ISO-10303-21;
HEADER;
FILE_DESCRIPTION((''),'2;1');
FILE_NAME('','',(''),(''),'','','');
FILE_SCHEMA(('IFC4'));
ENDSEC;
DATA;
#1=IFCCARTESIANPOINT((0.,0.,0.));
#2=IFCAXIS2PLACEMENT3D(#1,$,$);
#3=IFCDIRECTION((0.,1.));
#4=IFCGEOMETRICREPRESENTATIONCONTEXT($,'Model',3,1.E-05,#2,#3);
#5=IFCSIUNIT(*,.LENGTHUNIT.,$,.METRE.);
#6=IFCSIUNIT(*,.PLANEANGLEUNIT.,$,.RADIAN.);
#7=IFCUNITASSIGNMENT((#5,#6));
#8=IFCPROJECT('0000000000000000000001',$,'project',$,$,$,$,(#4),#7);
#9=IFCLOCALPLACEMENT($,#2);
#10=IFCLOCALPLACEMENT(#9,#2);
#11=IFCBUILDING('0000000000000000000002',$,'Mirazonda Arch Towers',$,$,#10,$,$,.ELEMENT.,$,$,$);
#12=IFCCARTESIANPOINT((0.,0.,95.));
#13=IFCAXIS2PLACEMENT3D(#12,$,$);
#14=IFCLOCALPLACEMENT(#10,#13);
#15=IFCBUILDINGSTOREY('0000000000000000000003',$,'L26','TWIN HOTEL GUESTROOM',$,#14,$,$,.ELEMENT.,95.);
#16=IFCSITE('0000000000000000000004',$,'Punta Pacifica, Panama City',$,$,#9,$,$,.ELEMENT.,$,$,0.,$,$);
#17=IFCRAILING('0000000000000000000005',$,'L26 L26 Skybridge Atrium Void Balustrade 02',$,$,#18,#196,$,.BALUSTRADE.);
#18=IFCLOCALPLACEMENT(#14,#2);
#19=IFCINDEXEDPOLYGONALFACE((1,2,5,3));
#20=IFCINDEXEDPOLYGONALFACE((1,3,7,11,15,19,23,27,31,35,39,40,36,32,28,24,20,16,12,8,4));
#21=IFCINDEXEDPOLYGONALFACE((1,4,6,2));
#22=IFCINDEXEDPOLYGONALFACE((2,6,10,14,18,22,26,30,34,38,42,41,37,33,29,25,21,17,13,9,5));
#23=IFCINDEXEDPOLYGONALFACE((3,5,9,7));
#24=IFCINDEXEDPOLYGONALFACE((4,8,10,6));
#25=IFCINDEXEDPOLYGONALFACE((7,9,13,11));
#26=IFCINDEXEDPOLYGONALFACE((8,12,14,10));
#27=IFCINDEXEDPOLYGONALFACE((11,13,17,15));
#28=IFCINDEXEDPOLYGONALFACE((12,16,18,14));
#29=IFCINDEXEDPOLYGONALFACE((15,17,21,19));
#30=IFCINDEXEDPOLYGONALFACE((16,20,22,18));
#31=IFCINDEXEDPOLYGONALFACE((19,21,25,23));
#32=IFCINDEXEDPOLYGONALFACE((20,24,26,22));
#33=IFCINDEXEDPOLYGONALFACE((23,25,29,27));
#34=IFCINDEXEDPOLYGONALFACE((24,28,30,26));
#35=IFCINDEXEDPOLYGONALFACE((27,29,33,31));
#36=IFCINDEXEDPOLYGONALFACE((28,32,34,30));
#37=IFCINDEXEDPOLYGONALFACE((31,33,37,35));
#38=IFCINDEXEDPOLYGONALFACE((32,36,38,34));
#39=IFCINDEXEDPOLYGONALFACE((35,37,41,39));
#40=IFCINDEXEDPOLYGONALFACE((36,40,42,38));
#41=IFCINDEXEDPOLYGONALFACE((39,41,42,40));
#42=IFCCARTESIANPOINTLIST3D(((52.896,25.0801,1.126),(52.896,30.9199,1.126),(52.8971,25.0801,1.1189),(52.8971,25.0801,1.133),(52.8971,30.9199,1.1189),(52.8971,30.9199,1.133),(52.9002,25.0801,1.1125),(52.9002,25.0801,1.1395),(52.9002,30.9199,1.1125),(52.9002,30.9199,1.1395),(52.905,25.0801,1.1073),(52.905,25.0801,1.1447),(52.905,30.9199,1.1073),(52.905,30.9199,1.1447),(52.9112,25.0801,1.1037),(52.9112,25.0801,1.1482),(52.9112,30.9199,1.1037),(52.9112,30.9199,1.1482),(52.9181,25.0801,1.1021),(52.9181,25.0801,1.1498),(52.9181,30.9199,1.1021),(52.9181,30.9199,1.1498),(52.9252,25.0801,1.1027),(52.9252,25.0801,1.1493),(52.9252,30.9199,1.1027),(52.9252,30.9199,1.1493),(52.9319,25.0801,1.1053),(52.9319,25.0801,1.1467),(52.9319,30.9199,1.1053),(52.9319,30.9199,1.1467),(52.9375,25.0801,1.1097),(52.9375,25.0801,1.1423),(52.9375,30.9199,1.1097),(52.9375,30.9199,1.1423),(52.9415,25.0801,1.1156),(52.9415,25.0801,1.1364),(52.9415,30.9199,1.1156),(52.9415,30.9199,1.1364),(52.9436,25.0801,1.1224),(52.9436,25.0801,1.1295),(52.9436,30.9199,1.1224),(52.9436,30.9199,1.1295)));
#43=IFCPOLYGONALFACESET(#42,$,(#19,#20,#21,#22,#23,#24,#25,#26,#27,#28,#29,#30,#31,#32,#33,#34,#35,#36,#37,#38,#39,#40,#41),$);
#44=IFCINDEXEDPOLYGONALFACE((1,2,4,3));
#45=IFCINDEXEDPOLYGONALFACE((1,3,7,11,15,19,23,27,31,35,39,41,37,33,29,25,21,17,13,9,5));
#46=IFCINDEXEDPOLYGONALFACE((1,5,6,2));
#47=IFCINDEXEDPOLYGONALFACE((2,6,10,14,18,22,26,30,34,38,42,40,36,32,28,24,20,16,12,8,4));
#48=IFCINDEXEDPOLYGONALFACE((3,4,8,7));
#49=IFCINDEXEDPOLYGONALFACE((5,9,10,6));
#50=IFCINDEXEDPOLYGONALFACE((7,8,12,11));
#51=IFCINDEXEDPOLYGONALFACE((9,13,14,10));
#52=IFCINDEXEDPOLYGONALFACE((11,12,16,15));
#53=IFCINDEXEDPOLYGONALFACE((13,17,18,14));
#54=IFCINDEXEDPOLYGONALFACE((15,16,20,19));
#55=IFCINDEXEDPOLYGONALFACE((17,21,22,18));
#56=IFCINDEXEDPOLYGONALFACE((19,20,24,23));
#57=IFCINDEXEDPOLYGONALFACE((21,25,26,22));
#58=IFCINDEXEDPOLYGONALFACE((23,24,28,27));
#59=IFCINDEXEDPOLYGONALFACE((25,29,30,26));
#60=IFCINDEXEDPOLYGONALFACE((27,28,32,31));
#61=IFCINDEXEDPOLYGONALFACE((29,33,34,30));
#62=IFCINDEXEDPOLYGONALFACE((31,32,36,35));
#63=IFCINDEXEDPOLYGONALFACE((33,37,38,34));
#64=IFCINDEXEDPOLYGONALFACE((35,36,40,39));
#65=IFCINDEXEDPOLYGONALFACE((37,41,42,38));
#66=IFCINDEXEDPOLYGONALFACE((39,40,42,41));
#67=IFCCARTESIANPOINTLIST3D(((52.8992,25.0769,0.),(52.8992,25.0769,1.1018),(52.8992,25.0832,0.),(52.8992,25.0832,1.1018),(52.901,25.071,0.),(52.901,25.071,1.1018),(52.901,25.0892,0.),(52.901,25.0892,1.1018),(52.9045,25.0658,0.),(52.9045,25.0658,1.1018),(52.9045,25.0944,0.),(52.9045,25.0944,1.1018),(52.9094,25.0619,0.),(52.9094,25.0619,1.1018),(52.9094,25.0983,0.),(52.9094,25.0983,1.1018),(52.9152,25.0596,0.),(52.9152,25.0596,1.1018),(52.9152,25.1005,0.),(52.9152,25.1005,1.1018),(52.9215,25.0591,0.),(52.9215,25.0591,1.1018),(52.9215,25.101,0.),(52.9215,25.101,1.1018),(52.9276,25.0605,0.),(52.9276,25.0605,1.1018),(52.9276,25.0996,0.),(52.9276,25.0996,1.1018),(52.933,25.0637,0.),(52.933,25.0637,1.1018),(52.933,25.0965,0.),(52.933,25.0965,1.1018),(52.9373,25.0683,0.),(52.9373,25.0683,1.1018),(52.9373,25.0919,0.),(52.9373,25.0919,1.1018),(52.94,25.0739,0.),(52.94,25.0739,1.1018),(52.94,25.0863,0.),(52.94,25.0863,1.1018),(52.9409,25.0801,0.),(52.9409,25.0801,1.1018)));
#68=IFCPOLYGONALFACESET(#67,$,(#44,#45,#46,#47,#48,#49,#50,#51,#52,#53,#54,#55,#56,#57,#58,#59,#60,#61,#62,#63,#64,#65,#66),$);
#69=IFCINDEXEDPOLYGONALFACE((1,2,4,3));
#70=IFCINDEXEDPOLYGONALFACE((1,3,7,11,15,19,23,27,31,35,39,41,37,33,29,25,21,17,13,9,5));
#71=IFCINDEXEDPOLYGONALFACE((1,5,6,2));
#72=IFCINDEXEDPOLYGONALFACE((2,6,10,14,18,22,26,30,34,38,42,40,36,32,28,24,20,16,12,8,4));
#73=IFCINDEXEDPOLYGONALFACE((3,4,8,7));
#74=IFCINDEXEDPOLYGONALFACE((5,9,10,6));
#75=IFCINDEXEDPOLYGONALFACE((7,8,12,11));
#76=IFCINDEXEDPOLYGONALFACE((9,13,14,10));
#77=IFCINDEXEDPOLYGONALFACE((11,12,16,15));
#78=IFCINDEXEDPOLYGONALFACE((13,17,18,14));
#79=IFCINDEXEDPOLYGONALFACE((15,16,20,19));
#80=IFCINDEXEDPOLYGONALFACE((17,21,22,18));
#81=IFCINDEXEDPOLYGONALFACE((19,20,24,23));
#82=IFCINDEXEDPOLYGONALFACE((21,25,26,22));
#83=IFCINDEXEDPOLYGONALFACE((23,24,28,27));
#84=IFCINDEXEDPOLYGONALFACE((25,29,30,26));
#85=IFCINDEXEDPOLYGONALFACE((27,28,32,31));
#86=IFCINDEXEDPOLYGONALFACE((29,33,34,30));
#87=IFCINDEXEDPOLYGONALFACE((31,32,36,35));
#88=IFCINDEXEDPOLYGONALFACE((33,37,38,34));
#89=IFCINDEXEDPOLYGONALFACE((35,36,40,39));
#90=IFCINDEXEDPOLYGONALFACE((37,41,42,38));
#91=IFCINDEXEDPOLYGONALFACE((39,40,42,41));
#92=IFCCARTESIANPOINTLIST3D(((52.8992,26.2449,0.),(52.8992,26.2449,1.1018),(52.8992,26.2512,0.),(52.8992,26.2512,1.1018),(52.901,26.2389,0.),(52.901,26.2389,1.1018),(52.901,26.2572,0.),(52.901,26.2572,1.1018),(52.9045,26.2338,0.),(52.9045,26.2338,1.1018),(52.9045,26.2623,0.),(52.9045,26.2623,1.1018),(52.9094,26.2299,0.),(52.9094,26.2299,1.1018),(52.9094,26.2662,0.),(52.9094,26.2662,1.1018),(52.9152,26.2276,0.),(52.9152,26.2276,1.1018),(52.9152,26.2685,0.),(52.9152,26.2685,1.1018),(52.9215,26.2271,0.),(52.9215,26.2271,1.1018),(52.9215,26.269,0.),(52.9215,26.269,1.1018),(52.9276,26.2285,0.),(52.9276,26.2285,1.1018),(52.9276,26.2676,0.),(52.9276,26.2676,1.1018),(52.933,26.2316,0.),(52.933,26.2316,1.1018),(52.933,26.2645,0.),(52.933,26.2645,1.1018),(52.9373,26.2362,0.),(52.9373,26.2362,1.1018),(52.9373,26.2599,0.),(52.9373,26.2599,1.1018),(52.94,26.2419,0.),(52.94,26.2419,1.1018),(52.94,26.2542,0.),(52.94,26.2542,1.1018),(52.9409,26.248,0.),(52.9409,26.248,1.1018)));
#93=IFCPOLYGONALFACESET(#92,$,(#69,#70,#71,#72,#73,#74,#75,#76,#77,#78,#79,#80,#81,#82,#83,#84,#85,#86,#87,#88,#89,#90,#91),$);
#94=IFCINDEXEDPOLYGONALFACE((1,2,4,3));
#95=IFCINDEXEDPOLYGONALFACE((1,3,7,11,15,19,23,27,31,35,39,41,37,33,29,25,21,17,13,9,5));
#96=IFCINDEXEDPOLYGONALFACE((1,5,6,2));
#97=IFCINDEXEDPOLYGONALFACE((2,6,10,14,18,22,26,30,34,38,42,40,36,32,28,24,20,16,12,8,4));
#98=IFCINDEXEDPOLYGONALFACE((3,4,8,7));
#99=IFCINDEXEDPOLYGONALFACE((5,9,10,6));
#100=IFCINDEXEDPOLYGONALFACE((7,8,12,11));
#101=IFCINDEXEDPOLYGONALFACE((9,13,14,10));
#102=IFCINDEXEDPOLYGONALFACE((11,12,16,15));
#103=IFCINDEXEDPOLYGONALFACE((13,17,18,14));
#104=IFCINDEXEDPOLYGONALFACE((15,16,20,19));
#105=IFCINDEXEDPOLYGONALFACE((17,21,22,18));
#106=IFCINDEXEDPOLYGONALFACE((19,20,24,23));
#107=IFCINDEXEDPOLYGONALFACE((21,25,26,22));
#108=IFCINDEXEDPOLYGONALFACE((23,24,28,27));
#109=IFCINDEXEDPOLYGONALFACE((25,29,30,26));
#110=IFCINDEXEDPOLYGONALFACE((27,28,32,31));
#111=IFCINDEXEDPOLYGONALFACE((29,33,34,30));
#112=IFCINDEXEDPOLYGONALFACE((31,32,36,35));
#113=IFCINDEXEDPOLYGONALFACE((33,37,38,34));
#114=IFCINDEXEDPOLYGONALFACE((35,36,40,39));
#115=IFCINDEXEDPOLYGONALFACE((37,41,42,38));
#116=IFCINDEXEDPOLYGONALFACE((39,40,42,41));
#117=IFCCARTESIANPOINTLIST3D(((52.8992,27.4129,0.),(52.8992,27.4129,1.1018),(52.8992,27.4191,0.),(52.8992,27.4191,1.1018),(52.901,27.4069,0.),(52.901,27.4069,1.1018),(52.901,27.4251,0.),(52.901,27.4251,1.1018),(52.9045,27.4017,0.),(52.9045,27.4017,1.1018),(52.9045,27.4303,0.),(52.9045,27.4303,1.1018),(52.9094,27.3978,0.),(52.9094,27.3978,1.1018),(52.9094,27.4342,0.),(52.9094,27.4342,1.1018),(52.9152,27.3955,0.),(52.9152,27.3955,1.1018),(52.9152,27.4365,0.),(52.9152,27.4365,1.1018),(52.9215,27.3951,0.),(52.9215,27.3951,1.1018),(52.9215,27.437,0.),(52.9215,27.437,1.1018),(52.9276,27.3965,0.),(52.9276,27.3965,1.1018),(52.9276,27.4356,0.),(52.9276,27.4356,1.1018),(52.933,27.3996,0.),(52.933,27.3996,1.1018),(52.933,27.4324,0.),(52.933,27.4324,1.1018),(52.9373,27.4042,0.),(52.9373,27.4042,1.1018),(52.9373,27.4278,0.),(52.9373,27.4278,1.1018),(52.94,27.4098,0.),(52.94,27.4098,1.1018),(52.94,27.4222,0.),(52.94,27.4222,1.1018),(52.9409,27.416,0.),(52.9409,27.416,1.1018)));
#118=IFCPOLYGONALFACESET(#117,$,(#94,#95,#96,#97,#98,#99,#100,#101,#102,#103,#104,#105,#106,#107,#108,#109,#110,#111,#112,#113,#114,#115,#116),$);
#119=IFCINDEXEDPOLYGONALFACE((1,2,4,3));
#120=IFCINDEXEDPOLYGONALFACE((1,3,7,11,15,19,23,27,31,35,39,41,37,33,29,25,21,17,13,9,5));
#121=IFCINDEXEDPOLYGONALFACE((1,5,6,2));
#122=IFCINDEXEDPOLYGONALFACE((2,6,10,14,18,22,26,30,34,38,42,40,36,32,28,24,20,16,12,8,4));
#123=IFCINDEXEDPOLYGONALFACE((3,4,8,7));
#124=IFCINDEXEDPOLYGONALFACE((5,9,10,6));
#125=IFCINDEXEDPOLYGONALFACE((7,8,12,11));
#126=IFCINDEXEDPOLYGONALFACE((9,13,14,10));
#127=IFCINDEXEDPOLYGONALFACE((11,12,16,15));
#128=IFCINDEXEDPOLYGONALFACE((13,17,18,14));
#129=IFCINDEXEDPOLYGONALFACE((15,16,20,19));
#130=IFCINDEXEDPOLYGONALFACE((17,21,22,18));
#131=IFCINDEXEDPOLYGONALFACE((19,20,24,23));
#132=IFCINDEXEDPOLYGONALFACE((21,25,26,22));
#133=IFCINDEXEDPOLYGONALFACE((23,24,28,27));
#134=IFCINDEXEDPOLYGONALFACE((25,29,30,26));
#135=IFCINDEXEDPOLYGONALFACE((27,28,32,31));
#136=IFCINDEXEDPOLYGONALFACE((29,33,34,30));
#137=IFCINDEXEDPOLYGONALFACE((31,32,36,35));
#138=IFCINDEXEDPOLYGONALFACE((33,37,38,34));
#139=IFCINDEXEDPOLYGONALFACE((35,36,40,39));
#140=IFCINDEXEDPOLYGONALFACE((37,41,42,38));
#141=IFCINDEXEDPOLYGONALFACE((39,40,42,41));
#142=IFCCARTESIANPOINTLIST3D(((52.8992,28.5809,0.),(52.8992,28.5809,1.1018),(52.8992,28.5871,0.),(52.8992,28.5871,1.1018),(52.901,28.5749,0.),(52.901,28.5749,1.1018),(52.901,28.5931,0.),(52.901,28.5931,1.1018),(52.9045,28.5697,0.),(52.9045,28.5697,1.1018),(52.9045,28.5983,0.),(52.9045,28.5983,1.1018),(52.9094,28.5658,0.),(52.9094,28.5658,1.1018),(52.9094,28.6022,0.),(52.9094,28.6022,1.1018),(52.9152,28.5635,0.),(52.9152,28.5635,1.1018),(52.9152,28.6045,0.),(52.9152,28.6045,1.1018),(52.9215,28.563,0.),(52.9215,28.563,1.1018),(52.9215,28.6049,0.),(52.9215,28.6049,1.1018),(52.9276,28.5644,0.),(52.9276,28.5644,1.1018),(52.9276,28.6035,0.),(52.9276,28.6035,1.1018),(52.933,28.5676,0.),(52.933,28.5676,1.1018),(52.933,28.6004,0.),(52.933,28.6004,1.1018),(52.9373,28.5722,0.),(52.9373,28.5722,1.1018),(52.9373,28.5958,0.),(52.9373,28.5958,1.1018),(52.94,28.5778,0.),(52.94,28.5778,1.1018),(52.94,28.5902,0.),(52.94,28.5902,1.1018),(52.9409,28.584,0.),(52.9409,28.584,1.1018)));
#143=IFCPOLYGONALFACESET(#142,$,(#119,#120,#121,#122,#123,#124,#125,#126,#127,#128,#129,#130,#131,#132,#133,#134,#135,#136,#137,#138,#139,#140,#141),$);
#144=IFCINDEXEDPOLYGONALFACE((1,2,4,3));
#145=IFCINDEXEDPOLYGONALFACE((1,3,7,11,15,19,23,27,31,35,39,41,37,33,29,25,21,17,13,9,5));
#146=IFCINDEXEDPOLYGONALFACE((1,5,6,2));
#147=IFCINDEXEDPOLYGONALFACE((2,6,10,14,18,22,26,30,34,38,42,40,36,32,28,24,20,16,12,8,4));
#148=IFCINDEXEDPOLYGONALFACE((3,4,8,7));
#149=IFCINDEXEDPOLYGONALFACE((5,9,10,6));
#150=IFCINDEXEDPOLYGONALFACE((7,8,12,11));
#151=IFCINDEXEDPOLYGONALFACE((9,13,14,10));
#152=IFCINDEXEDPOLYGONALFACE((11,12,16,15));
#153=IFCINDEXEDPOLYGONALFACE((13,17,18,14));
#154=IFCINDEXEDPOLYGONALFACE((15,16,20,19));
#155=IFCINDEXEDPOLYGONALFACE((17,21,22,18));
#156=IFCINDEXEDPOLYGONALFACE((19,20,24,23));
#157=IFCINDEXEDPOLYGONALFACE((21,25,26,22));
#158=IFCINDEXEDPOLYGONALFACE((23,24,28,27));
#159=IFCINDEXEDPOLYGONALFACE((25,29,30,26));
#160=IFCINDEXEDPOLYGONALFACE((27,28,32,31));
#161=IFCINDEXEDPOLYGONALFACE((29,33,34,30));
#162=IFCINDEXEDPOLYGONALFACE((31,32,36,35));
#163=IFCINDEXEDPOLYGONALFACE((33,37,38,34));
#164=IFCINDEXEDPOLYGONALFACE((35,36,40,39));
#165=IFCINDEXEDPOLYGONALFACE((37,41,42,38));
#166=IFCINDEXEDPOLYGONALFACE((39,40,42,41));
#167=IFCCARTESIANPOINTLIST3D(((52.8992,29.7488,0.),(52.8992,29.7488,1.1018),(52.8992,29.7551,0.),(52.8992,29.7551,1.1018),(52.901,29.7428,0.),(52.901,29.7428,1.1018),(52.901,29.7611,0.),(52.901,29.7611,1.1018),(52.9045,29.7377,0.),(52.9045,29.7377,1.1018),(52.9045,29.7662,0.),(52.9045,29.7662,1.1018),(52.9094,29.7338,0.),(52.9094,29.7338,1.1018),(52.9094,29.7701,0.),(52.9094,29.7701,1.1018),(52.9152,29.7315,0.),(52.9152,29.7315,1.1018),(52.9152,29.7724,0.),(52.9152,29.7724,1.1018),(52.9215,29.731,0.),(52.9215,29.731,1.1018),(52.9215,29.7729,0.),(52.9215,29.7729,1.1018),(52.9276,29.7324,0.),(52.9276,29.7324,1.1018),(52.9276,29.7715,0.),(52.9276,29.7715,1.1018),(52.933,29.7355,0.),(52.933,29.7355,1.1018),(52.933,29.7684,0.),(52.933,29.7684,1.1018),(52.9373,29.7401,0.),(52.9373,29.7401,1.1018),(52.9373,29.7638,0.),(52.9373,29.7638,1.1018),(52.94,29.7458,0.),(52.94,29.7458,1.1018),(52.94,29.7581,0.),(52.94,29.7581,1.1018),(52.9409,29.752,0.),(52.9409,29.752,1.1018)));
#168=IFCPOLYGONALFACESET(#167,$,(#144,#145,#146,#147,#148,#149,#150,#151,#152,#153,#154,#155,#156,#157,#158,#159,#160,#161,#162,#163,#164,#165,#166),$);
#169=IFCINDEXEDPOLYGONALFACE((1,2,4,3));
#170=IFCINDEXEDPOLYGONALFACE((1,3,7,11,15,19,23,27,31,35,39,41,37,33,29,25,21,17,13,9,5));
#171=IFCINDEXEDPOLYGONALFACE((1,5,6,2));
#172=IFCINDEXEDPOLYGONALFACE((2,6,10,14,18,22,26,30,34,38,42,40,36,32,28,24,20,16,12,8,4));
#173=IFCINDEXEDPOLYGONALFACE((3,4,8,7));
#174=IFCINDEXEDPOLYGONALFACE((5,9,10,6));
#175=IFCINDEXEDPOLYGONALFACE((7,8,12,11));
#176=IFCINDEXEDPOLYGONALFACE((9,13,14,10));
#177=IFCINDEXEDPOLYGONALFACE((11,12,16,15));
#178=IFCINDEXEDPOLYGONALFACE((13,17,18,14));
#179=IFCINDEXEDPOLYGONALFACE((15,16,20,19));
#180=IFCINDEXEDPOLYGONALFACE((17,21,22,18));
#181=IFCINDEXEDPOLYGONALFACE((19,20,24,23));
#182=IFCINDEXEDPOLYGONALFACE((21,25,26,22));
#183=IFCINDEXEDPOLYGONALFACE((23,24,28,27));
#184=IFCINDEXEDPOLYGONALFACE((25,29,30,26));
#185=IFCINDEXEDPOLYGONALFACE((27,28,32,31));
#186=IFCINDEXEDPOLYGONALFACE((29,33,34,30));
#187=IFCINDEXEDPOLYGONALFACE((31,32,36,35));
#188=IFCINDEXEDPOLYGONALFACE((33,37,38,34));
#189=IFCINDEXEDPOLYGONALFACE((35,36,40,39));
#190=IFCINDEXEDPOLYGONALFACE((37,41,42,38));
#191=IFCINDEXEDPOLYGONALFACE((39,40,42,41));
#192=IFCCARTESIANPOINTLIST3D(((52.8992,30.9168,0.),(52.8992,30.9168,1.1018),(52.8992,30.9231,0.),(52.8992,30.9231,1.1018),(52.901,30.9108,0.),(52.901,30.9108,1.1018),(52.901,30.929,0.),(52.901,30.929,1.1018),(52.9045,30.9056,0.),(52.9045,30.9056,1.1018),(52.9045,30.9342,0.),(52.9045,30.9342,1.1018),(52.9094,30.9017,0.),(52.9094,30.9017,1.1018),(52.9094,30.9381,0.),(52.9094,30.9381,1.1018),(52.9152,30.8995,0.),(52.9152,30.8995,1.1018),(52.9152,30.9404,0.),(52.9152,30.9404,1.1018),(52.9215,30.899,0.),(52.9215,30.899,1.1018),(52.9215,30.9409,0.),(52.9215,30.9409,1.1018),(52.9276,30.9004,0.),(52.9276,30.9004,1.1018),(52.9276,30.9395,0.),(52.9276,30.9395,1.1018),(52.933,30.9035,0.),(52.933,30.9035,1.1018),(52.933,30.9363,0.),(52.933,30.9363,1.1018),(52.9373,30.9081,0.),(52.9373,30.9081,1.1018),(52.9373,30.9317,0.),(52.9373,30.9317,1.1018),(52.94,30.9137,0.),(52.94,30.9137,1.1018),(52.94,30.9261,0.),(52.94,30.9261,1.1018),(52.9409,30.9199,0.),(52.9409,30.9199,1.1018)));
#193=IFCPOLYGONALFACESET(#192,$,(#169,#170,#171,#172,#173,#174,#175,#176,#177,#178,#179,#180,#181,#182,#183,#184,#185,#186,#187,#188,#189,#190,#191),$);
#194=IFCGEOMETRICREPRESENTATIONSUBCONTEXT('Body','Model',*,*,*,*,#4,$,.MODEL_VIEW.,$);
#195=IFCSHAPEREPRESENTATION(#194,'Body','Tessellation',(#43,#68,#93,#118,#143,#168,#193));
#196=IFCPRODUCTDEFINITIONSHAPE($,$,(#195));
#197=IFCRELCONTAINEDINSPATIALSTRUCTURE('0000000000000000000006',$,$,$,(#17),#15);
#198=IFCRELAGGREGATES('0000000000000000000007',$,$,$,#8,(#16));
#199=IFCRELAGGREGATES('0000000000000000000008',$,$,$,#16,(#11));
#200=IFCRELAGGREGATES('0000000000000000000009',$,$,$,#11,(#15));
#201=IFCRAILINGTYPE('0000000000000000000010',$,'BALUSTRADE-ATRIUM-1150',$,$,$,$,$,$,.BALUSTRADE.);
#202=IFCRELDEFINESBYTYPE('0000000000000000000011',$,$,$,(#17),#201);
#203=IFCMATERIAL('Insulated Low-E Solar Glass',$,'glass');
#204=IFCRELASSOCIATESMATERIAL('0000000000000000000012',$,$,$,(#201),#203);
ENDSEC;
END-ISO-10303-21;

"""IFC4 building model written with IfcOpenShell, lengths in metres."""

from ifc_helpers import new_model, si_unit, direction, frame, origin, origin_2d, place, context, subcontext, project, spatial, circle, extrude, material, type_object, element, save


model = new_model("IFC4")

# Units and contexts
model_context = context("Model", 3, precision=1e-05, world=origin(), true_north=direction((0.0, 1.0)))
body_context = subcontext(model_context, "Body", "Model", "MODEL_VIEW")
ifc_project = project(units=[si_unit("LENGTHUNIT", "METRE"), si_unit("PLANEANGLEUNIT", "RADIAN")], contexts=[model_context])

# Site, building, storey
site_placement = place(None, origin())
site = spatial("IfcSite", under=ifc_project, at=site_placement, Name="Punta Pacifica, Panama City", CompositionType="ELEMENT", RefElevation=0.0)
building_placement = place(site_placement, origin())
building = spatial("IfcBuilding", under=site, at=building_placement, Name="Mirazonda Arch Towers", CompositionType="ELEMENT")
storey_placement = place(building_placement, frame((0.0, 0.0, 95.0)))
storey = spatial("IfcBuildingStorey", under=building, at=storey_placement, Name="L26", Description="TWIN HOTEL GUESTROOM", CompositionType="ELEMENT", Elevation=95.0)

# Shared definitions
ifc_material_1 = material(Name="Insulated Low-E Solar Glass", Category="glass")

# Railing
railing_type = type_object("IfcRailingType", Name="BALUSTRADE-ATRIUM-1150", PredefinedType="BALUSTRADE", material=ifc_material_1)
railing_1_placement = place(storey_placement, frame((52.9199, 25.0801, 0.0)))
element("IfcRailing", 1, at=railing_1_placement, inside=storey, type_object=railing_type, Name="L26 L26 Skybridge Atrium Void Balustrade 02", PredefinedType="BALUSTRADE", context=body_context, shape_type="SweptSolid", body=[
    extrude(circle(Radius=0.0239, at=origin_2d()), frame((0.0, 0.0, 1.126), z_axis=(0.0, 1.0, 0.0), x_axis=(-1.0, 0.0, 0.0)), (0.0, 0.0, 1.0), 5.8398),
    extrude(circle(Radius=0.021, at=origin_2d()), origin(), (0.0, 0.0, 1.0), 1.1018),
    extrude(circle(Radius=0.021, at=origin_2d()), frame((0.0, 1.168, 0.0)), (0.0, 0.0, 1.0), 1.1018),
    extrude(circle(Radius=0.021, at=origin_2d()), frame((0.0, 2.3359, 0.0)), (0.0, 0.0, 1.0), 1.1018),
    extrude(circle(Radius=0.021, at=origin_2d()), frame((0.0, 3.5039, 0.0)), (0.0, 0.0, 1.0), 1.1018),
    extrude(circle(Radius=0.021, at=origin_2d()), frame((0.0, 4.6719, 0.0)), (0.0, 0.0, 1.0), 1.1018),
    extrude(circle(Radius=0.021, at=origin_2d()), frame((0.0, 5.8398, 0.0)), (0.0, 0.0, 1.0), 1.1018),
])

save(model, "model.ifc")
